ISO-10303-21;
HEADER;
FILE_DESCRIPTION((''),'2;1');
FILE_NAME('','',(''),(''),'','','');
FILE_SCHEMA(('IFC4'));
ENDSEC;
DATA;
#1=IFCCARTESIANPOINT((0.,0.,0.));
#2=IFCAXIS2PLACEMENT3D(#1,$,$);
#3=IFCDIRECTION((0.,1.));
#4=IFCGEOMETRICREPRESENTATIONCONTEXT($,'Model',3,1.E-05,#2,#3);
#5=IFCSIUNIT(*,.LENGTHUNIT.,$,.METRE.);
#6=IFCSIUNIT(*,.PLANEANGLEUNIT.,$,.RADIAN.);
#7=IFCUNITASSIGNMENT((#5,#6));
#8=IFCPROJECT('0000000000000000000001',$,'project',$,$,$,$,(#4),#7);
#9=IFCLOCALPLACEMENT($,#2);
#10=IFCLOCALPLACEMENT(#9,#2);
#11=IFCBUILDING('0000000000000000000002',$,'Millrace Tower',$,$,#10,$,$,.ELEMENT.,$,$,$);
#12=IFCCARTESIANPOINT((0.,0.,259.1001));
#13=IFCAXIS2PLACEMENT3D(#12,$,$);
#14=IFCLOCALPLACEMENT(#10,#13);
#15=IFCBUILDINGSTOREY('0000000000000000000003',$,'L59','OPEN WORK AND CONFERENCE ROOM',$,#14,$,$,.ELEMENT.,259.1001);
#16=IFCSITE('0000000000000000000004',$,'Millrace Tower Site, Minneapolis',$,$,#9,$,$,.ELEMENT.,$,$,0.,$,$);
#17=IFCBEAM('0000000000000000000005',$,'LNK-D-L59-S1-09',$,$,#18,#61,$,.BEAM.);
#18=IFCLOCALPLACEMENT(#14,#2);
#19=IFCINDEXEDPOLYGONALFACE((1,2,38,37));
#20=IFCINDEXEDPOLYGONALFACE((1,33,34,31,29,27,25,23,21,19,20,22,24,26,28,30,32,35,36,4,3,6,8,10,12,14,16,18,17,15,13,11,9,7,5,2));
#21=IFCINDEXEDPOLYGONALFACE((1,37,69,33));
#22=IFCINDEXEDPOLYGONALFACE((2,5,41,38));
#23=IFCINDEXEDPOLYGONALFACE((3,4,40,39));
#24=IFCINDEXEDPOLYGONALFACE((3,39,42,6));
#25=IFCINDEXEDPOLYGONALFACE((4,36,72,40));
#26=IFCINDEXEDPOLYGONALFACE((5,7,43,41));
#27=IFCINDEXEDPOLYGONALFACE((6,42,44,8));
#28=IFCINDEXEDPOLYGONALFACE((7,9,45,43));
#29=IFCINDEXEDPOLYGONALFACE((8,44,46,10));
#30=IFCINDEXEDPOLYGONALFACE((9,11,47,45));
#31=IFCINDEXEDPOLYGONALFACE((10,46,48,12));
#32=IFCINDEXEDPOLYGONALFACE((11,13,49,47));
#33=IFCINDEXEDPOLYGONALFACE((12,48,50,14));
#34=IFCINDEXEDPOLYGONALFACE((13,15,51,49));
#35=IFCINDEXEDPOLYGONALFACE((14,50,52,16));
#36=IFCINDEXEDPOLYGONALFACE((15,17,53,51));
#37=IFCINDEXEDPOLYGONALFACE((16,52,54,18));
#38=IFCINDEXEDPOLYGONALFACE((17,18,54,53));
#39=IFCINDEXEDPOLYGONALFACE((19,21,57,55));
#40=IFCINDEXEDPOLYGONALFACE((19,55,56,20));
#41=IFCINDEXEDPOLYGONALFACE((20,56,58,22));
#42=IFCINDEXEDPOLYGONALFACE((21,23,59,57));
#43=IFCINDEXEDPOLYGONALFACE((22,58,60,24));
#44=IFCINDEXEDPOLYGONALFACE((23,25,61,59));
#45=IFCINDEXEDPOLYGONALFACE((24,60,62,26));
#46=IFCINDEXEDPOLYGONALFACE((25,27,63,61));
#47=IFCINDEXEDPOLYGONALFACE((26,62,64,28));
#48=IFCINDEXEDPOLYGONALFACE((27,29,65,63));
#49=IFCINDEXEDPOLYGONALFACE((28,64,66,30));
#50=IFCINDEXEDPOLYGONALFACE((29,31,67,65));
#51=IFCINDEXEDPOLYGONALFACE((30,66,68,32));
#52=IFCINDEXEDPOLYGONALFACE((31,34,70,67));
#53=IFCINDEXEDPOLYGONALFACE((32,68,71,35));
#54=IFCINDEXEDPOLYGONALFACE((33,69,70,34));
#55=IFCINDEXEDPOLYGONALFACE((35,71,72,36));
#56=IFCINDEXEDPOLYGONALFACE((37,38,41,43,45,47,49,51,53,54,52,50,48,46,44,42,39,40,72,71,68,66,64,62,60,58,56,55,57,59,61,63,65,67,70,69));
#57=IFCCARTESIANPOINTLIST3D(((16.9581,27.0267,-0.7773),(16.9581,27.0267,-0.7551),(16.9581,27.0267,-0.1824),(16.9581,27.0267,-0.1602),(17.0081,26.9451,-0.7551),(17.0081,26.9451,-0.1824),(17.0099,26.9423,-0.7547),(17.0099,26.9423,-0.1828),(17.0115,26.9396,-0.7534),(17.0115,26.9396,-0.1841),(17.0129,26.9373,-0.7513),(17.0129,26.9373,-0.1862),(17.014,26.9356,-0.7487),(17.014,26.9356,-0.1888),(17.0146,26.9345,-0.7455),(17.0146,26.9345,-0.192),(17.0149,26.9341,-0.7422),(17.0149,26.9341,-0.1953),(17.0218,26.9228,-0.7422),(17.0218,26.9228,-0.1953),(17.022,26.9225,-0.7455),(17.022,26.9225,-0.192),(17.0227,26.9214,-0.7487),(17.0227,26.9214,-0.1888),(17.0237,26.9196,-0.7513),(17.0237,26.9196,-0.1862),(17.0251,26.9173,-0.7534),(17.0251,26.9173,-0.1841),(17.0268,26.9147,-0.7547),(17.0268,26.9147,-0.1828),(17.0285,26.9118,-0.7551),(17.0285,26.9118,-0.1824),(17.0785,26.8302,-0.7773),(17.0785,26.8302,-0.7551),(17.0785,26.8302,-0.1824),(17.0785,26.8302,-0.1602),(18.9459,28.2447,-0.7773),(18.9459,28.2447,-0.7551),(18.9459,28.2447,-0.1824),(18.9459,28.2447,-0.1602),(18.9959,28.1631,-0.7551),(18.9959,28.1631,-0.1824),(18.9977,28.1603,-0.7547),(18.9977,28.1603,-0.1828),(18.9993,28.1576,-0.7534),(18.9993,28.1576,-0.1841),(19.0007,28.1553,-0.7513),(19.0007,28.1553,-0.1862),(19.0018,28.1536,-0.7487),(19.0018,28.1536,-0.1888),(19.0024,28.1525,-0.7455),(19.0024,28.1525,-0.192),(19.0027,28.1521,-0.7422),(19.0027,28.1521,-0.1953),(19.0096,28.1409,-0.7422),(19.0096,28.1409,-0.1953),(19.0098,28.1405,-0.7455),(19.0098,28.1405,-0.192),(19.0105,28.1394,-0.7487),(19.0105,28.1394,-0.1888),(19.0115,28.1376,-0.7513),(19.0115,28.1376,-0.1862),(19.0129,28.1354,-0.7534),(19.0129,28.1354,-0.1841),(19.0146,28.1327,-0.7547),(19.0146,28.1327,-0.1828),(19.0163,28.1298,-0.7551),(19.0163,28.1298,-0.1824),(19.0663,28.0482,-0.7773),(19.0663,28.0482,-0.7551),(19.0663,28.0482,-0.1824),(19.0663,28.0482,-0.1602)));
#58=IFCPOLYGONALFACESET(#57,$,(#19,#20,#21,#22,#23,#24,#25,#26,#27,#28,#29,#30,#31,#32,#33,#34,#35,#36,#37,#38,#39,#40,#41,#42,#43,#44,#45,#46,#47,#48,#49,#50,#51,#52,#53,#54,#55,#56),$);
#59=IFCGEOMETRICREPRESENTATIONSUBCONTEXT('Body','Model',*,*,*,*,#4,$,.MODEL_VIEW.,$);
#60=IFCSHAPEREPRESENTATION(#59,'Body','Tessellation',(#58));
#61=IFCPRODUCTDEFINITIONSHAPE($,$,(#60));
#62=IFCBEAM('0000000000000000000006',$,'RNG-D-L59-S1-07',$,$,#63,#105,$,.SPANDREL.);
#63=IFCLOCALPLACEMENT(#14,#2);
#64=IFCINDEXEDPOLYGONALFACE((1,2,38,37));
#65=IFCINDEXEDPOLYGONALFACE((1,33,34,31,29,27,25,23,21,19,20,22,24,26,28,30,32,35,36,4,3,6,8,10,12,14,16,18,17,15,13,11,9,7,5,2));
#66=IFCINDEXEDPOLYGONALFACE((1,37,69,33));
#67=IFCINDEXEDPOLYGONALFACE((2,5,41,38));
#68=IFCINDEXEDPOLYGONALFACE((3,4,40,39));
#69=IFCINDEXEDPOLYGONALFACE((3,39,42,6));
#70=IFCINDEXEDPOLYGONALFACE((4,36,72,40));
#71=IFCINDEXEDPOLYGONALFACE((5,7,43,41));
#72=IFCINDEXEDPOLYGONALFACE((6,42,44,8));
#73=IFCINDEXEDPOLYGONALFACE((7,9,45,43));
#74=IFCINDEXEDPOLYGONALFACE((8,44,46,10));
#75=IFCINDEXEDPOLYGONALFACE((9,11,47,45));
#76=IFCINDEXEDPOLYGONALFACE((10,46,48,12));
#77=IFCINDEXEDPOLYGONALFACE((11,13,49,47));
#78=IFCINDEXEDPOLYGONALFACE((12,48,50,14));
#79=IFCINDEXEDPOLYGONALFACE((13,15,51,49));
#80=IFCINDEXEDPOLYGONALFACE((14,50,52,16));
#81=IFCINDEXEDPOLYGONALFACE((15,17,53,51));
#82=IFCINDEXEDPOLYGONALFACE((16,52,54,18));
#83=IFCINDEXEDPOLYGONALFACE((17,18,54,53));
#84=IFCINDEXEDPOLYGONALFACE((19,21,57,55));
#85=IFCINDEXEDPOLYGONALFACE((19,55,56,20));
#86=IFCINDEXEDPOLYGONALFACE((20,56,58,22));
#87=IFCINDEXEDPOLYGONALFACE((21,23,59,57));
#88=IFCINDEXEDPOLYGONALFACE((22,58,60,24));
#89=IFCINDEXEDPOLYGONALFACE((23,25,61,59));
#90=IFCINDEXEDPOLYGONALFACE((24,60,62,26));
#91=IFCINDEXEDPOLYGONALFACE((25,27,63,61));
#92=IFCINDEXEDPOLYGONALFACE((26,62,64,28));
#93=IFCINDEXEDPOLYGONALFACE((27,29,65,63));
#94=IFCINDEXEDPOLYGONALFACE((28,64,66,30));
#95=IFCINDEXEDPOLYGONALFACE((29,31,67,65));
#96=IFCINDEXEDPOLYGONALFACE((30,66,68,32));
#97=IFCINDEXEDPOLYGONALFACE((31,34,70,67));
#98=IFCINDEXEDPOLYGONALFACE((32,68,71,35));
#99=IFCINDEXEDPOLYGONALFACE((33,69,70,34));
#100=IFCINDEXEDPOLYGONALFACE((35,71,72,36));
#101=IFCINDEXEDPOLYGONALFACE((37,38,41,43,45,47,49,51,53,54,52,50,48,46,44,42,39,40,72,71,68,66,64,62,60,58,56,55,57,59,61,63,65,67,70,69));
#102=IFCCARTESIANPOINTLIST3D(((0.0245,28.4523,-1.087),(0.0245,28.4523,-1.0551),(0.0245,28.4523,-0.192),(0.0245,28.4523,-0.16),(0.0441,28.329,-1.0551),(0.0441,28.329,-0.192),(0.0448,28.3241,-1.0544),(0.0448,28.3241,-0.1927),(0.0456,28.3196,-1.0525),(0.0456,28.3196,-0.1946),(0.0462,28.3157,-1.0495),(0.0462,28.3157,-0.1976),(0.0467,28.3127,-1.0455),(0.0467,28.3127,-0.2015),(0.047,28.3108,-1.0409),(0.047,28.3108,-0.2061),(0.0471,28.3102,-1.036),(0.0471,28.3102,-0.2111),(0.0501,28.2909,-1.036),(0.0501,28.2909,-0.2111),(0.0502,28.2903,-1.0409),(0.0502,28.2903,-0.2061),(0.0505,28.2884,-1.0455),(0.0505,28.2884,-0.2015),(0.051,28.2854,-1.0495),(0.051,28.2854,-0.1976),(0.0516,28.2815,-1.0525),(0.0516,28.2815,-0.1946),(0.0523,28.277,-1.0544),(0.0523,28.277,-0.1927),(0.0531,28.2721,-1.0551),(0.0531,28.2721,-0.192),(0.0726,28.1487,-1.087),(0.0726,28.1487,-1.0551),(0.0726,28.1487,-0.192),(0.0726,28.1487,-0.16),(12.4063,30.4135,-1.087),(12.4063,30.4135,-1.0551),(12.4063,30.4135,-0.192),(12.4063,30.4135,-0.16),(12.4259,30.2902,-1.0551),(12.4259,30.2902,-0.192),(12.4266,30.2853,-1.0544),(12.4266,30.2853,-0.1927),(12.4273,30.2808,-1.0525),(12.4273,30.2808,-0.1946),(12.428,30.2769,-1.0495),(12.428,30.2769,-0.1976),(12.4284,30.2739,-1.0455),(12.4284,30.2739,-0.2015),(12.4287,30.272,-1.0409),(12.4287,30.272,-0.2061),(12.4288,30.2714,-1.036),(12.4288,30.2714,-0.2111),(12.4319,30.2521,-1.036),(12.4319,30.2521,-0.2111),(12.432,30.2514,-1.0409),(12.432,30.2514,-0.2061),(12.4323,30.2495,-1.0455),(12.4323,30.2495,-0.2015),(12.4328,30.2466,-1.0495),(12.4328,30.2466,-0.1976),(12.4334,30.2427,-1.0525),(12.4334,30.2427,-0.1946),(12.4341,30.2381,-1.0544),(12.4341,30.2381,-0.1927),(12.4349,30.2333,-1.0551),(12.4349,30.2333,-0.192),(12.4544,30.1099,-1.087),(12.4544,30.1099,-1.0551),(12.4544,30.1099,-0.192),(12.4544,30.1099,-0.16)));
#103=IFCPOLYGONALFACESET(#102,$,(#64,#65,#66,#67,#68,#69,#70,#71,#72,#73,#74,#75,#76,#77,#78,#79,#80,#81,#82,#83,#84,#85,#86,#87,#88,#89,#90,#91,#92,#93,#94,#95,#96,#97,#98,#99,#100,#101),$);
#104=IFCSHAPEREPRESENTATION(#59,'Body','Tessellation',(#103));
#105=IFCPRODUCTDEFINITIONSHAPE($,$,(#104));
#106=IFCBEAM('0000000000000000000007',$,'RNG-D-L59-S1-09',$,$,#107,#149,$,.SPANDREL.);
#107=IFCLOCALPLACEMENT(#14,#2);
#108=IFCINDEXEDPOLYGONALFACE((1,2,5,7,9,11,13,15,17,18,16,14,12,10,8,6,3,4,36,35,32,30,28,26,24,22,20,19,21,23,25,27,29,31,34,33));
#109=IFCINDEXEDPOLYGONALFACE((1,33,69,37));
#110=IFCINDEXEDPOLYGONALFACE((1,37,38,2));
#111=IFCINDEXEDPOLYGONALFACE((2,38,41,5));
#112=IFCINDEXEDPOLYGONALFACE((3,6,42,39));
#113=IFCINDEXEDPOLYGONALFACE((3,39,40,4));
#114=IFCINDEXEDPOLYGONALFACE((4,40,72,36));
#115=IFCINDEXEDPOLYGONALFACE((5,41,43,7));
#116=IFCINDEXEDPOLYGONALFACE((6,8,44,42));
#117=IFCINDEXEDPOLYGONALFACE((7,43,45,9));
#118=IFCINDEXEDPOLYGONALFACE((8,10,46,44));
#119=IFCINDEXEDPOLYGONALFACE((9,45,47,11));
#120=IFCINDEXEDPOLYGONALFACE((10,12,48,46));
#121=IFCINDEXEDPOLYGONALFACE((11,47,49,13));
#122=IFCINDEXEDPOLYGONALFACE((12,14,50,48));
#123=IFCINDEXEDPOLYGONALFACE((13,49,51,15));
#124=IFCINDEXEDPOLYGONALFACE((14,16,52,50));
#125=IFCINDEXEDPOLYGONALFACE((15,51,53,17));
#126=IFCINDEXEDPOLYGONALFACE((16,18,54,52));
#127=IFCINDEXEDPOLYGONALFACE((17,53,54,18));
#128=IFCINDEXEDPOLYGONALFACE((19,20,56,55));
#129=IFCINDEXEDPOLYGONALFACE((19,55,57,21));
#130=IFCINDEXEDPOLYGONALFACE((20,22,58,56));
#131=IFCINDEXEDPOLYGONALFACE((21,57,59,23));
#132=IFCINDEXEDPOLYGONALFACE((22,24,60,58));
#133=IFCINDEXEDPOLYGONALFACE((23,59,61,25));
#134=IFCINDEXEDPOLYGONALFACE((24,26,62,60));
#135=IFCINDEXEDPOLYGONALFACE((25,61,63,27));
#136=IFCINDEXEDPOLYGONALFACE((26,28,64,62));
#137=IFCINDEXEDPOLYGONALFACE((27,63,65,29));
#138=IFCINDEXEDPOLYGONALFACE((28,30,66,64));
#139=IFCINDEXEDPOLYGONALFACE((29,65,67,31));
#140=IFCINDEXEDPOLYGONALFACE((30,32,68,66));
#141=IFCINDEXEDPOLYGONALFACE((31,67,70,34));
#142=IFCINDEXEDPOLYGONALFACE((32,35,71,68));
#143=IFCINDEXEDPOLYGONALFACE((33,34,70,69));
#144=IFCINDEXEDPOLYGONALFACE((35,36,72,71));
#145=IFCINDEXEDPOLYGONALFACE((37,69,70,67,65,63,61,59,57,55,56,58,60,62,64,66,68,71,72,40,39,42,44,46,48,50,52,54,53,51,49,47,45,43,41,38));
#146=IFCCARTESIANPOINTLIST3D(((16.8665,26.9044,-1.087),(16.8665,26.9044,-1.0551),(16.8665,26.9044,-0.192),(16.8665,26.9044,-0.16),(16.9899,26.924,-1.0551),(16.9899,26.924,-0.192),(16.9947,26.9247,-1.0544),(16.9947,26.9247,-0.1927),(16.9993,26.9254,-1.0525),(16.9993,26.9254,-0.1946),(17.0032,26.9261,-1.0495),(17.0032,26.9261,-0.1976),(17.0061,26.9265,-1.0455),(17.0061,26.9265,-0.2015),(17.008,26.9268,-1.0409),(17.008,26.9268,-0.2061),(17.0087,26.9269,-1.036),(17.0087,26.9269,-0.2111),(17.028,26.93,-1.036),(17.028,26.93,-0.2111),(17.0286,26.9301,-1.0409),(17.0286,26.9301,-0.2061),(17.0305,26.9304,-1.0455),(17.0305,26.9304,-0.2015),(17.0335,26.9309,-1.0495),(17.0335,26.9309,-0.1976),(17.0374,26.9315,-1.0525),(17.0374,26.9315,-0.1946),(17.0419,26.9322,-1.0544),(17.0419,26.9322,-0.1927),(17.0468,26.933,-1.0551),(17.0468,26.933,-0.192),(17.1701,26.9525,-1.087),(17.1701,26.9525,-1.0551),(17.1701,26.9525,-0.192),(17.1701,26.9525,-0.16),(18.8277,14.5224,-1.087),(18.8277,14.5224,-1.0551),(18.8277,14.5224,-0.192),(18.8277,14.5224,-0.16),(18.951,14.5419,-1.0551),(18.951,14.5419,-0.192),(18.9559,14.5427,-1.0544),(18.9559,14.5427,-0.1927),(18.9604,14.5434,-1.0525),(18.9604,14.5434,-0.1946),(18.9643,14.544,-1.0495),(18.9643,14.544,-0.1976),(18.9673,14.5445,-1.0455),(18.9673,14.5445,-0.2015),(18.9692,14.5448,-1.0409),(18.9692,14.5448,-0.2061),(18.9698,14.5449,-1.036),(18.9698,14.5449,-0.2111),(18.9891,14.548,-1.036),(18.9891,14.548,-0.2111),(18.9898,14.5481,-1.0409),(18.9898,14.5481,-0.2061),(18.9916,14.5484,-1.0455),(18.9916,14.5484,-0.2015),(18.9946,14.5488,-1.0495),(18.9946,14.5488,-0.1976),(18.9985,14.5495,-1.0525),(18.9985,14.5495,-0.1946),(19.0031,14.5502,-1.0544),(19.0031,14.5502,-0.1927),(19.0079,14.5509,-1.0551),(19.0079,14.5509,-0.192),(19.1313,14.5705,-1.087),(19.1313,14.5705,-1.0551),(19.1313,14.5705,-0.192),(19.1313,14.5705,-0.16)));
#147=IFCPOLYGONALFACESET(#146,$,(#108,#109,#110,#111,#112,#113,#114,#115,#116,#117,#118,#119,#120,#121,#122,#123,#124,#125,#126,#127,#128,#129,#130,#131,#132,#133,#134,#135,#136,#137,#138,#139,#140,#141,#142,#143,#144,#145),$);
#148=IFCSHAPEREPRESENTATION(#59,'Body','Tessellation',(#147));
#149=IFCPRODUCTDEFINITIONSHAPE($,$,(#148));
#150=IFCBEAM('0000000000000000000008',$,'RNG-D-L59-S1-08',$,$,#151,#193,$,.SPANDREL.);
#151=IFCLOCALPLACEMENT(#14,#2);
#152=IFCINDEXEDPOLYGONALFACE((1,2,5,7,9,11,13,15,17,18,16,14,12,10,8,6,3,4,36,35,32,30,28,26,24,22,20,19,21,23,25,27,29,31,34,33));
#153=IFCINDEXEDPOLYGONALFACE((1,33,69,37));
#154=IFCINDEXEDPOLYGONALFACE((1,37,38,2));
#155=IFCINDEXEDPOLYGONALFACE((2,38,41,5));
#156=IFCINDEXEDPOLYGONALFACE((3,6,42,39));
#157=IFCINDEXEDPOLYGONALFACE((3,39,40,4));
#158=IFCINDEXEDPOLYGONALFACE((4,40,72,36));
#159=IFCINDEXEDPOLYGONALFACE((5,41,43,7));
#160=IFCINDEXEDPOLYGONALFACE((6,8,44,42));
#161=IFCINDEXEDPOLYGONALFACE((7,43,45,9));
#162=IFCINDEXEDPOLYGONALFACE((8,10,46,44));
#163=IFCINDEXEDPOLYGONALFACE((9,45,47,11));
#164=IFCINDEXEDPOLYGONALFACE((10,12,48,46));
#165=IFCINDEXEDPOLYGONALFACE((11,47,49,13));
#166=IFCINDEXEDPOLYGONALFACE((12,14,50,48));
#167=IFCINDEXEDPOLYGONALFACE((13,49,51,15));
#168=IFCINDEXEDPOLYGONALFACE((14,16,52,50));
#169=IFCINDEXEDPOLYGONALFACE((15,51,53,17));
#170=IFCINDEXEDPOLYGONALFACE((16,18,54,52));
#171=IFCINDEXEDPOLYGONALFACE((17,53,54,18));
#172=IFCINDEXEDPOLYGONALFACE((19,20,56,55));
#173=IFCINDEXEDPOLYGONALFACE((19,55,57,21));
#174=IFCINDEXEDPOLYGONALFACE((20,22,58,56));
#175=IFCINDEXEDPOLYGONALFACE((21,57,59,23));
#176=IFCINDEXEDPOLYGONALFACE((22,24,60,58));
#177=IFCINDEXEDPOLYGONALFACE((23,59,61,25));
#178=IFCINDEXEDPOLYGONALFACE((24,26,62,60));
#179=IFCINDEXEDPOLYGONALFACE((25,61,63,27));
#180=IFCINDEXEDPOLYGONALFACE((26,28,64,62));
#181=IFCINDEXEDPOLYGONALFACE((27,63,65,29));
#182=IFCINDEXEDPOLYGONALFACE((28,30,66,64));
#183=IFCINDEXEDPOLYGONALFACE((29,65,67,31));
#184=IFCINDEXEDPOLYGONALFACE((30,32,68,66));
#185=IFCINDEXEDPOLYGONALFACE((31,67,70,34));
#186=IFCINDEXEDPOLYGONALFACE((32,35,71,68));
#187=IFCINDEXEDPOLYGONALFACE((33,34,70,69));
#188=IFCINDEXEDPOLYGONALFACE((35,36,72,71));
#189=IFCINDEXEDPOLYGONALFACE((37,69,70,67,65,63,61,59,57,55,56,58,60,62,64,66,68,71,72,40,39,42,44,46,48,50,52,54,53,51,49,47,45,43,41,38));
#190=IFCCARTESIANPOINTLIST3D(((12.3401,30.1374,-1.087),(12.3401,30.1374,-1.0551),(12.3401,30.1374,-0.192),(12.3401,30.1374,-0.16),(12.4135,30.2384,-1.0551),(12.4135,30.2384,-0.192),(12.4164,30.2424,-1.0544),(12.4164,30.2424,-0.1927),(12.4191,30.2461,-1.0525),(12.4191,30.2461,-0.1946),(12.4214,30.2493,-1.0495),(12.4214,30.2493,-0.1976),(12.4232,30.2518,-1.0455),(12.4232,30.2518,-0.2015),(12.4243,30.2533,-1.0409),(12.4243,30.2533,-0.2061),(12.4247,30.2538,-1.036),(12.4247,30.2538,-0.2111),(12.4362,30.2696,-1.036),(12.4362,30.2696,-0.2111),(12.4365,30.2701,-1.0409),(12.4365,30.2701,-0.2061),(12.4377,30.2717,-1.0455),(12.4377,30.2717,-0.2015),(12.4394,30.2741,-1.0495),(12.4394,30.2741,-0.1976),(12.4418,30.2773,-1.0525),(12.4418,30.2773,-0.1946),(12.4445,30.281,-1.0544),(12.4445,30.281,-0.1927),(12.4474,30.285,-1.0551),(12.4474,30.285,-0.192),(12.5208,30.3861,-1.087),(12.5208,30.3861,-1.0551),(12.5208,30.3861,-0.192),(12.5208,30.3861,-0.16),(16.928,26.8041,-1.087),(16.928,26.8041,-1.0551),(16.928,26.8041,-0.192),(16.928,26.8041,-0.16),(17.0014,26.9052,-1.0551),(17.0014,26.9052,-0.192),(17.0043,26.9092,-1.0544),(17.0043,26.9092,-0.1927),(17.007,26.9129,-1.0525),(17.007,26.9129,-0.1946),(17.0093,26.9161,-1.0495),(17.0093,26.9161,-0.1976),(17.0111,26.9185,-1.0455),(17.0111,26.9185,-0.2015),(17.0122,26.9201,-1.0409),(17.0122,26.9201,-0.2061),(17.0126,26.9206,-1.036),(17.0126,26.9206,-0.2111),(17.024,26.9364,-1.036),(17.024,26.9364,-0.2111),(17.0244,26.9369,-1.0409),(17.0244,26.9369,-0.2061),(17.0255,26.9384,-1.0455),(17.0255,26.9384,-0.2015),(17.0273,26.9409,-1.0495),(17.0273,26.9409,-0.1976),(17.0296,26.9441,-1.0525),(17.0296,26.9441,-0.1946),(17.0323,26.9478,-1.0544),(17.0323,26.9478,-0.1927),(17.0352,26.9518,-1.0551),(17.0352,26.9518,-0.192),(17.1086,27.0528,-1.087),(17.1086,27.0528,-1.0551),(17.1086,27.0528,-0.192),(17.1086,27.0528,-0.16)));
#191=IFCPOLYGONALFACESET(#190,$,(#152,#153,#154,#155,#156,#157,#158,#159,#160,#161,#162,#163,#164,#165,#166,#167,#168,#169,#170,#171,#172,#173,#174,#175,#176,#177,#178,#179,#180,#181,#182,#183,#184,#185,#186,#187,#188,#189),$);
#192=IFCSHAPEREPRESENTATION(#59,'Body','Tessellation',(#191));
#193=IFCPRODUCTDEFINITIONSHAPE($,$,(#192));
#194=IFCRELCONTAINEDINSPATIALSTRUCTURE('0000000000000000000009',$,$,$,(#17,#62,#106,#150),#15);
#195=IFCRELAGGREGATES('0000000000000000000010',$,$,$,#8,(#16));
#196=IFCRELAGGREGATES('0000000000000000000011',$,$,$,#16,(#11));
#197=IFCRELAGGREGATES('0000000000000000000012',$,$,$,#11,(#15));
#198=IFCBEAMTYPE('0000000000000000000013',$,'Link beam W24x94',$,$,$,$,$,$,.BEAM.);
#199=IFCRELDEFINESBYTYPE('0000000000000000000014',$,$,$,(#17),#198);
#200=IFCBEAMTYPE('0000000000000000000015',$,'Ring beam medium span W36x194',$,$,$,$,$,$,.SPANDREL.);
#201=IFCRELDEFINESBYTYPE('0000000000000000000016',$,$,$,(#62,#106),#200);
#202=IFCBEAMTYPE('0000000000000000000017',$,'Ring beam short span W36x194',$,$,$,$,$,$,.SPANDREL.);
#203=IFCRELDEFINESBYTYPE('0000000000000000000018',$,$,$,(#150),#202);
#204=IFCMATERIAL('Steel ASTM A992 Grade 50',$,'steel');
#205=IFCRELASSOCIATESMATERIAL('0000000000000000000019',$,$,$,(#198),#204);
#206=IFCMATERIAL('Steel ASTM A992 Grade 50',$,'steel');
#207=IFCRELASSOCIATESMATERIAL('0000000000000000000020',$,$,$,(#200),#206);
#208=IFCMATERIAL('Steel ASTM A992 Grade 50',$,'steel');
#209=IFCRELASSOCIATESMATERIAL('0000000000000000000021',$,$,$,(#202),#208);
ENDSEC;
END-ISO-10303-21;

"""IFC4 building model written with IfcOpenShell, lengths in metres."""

from ifc_helpers import new_model, si_unit, direction, frame, origin, origin_2d, place, context, subcontext, project, spatial, i_section, extrude, material, material_profile, profile_set, type_object, element, save


model = new_model("IFC4")

# Units and contexts
model_context = context("Model", 3, precision=1e-05, world=origin(), true_north=direction((0.0, 1.0)))
body_context = subcontext(model_context, "Body", "Model", "MODEL_VIEW")
ifc_project = project(units=[si_unit("LENGTHUNIT", "METRE"), si_unit("PLANEANGLEUNIT", "RADIAN")], contexts=[model_context])

# Site, building, storey
site_placement = place(None, origin())
site = spatial("IfcSite", under=ifc_project, at=site_placement, Name="Millrace Tower Site, Minneapolis", CompositionType="ELEMENT", RefElevation=0.0)
building_placement = place(site_placement, origin())
building = spatial("IfcBuilding", under=site, at=building_placement, Name="Millrace Tower", CompositionType="ELEMENT")
storey_placement = place(building_placement, frame((0.0, 0.0, 259.1001)))
storey = spatial("IfcBuildingStorey", under=building, at=storey_placement, Name="L59", Description="OPEN WORK AND CONFERENCE ROOM", CompositionType="ELEMENT", Elevation=259.1001)

# Beams
ifc_material_1 = material(Name="Steel ASTM A992 Grade 50", Category="steel")
ifc_material_profile_1 = material_profile(ifc_material_1, i_section(OverallWidth=0.2305, OverallDepth=0.6172, WebThickness=0.0132, FlangeThickness=0.0222, FilletRadius=0.0129, at=origin_2d()))
ifc_profile_set_1 = profile_set([ifc_material_profile_1], Name="Steel ASTM A992 Grade 50")
beam_type_1 = type_object("IfcBeamType", Name="Link beam W24x94", PredefinedType="BEAM", material=ifc_profile_set_1)
beam_1_placement = place(storey_placement, frame((17.0183, 26.9285, -0.4688), z_axis=(0.85266, 0.522466, 0.0), x_axis=(-0.522466, 0.85266, 0.0)))
element("IfcBeam", 1, at=beam_1_placement, inside=storey, type_object=beam_type_1, Name="LNK-D-L59-S1-09", PredefinedType="BEAM", context=body_context, shape_type="SweptSolid", body=[
    extrude(i_section(OverallWidth=0.2305, OverallDepth=0.6172, WebThickness=0.0132, FlangeThickness=0.0222, FilletRadius=0.0129, at=origin_2d()), origin(), (0.0, 0.0, 1.0), 2.3313),
])
ifc_material_2 = material(Name="Steel ASTM A992 Grade 50", Category="steel")
ifc_material_profile_2 = material_profile(ifc_material_2, i_section(OverallWidth=0.3074, OverallDepth=0.927, WebThickness=0.0195, FlangeThickness=0.032, FilletRadius=0.019, at=origin_2d()))
ifc_profile_set_2 = profile_set([ifc_material_profile_2], Name="Steel ASTM A992 Grade 50")
beam_type_2 = type_object("IfcBeamType", Name="Ring beam medium span W36x194", PredefinedType="SPANDREL", material=ifc_profile_set_2)
beam_2_placement = place(storey_placement, frame((0.0486, 28.3005, -0.6235), z_axis=(0.987687, 0.156442, 0.0), x_axis=(-0.156442, 0.987687, 0.0)))
element("IfcBeam", 2, at=beam_2_placement, inside=storey, type_object=beam_type_2, Name="RNG-D-L59-S1-07", PredefinedType="SPANDREL", context=body_context, shape_type="SweptSolid", body=[
    extrude(i_section(OverallWidth=0.3074, OverallDepth=0.927, WebThickness=0.0195, FlangeThickness=0.032, FilletRadius=0.019, at=origin_2d()), origin(), (0.0, 0.0, 1.0), 12.5361),
])
beam_3_placement = place(storey_placement, frame((17.0183, 26.9285, -0.6235), z_axis=(0.156439, -0.987688, 0.0), x_axis=(0.987688, 0.156439, 0.0)))
element("IfcBeam", 3, at=beam_3_placement, inside=storey, type_object=beam_type_2, Name="RNG-D-L59-S1-09", PredefinedType="SPANDREL", context=body_context, shape_type="SweptSolid", body=[
    extrude(i_section(OverallWidth=0.3074, OverallDepth=0.927, WebThickness=0.0195, FlangeThickness=0.032, FilletRadius=0.019, at=origin_2d()), origin(), (0.0, 0.0, 1.0), 12.5364),
])
ifc_material_3 = material(Name="Steel ASTM A992 Grade 50", Category="steel")
ifc_material_profile_3 = material_profile(ifc_material_3, i_section(OverallWidth=0.3074, OverallDepth=0.927, WebThickness=0.0195, FlangeThickness=0.032, FilletRadius=0.019, at=origin_2d()))
ifc_profile_set_3 = profile_set([ifc_material_profile_3], Name="Steel ASTM A992 Grade 50")
beam_type_3 = type_object("IfcBeamType", Name="Ring beam short span W36x194", PredefinedType="SPANDREL", material=ifc_profile_set_3)
beam_4_placement = place(storey_placement, frame((12.4304, 30.2617, -0.6235), z_axis=(0.809021, -0.58778, 0.0), x_axis=(0.58778, 0.809021, 0.0)))
element("IfcBeam", 4, at=beam_4_placement, inside=storey, type_object=beam_type_3, Name="RNG-D-L59-S1-08", PredefinedType="SPANDREL", context=body_context, shape_type="SweptSolid", body=[
    extrude(i_section(OverallWidth=0.3074, OverallDepth=0.927, WebThickness=0.0195, FlangeThickness=0.032, FilletRadius=0.019, at=origin_2d()), origin(), (0.0, 0.0, 1.0), 5.6709),
])

save(model, "model.ifc")
